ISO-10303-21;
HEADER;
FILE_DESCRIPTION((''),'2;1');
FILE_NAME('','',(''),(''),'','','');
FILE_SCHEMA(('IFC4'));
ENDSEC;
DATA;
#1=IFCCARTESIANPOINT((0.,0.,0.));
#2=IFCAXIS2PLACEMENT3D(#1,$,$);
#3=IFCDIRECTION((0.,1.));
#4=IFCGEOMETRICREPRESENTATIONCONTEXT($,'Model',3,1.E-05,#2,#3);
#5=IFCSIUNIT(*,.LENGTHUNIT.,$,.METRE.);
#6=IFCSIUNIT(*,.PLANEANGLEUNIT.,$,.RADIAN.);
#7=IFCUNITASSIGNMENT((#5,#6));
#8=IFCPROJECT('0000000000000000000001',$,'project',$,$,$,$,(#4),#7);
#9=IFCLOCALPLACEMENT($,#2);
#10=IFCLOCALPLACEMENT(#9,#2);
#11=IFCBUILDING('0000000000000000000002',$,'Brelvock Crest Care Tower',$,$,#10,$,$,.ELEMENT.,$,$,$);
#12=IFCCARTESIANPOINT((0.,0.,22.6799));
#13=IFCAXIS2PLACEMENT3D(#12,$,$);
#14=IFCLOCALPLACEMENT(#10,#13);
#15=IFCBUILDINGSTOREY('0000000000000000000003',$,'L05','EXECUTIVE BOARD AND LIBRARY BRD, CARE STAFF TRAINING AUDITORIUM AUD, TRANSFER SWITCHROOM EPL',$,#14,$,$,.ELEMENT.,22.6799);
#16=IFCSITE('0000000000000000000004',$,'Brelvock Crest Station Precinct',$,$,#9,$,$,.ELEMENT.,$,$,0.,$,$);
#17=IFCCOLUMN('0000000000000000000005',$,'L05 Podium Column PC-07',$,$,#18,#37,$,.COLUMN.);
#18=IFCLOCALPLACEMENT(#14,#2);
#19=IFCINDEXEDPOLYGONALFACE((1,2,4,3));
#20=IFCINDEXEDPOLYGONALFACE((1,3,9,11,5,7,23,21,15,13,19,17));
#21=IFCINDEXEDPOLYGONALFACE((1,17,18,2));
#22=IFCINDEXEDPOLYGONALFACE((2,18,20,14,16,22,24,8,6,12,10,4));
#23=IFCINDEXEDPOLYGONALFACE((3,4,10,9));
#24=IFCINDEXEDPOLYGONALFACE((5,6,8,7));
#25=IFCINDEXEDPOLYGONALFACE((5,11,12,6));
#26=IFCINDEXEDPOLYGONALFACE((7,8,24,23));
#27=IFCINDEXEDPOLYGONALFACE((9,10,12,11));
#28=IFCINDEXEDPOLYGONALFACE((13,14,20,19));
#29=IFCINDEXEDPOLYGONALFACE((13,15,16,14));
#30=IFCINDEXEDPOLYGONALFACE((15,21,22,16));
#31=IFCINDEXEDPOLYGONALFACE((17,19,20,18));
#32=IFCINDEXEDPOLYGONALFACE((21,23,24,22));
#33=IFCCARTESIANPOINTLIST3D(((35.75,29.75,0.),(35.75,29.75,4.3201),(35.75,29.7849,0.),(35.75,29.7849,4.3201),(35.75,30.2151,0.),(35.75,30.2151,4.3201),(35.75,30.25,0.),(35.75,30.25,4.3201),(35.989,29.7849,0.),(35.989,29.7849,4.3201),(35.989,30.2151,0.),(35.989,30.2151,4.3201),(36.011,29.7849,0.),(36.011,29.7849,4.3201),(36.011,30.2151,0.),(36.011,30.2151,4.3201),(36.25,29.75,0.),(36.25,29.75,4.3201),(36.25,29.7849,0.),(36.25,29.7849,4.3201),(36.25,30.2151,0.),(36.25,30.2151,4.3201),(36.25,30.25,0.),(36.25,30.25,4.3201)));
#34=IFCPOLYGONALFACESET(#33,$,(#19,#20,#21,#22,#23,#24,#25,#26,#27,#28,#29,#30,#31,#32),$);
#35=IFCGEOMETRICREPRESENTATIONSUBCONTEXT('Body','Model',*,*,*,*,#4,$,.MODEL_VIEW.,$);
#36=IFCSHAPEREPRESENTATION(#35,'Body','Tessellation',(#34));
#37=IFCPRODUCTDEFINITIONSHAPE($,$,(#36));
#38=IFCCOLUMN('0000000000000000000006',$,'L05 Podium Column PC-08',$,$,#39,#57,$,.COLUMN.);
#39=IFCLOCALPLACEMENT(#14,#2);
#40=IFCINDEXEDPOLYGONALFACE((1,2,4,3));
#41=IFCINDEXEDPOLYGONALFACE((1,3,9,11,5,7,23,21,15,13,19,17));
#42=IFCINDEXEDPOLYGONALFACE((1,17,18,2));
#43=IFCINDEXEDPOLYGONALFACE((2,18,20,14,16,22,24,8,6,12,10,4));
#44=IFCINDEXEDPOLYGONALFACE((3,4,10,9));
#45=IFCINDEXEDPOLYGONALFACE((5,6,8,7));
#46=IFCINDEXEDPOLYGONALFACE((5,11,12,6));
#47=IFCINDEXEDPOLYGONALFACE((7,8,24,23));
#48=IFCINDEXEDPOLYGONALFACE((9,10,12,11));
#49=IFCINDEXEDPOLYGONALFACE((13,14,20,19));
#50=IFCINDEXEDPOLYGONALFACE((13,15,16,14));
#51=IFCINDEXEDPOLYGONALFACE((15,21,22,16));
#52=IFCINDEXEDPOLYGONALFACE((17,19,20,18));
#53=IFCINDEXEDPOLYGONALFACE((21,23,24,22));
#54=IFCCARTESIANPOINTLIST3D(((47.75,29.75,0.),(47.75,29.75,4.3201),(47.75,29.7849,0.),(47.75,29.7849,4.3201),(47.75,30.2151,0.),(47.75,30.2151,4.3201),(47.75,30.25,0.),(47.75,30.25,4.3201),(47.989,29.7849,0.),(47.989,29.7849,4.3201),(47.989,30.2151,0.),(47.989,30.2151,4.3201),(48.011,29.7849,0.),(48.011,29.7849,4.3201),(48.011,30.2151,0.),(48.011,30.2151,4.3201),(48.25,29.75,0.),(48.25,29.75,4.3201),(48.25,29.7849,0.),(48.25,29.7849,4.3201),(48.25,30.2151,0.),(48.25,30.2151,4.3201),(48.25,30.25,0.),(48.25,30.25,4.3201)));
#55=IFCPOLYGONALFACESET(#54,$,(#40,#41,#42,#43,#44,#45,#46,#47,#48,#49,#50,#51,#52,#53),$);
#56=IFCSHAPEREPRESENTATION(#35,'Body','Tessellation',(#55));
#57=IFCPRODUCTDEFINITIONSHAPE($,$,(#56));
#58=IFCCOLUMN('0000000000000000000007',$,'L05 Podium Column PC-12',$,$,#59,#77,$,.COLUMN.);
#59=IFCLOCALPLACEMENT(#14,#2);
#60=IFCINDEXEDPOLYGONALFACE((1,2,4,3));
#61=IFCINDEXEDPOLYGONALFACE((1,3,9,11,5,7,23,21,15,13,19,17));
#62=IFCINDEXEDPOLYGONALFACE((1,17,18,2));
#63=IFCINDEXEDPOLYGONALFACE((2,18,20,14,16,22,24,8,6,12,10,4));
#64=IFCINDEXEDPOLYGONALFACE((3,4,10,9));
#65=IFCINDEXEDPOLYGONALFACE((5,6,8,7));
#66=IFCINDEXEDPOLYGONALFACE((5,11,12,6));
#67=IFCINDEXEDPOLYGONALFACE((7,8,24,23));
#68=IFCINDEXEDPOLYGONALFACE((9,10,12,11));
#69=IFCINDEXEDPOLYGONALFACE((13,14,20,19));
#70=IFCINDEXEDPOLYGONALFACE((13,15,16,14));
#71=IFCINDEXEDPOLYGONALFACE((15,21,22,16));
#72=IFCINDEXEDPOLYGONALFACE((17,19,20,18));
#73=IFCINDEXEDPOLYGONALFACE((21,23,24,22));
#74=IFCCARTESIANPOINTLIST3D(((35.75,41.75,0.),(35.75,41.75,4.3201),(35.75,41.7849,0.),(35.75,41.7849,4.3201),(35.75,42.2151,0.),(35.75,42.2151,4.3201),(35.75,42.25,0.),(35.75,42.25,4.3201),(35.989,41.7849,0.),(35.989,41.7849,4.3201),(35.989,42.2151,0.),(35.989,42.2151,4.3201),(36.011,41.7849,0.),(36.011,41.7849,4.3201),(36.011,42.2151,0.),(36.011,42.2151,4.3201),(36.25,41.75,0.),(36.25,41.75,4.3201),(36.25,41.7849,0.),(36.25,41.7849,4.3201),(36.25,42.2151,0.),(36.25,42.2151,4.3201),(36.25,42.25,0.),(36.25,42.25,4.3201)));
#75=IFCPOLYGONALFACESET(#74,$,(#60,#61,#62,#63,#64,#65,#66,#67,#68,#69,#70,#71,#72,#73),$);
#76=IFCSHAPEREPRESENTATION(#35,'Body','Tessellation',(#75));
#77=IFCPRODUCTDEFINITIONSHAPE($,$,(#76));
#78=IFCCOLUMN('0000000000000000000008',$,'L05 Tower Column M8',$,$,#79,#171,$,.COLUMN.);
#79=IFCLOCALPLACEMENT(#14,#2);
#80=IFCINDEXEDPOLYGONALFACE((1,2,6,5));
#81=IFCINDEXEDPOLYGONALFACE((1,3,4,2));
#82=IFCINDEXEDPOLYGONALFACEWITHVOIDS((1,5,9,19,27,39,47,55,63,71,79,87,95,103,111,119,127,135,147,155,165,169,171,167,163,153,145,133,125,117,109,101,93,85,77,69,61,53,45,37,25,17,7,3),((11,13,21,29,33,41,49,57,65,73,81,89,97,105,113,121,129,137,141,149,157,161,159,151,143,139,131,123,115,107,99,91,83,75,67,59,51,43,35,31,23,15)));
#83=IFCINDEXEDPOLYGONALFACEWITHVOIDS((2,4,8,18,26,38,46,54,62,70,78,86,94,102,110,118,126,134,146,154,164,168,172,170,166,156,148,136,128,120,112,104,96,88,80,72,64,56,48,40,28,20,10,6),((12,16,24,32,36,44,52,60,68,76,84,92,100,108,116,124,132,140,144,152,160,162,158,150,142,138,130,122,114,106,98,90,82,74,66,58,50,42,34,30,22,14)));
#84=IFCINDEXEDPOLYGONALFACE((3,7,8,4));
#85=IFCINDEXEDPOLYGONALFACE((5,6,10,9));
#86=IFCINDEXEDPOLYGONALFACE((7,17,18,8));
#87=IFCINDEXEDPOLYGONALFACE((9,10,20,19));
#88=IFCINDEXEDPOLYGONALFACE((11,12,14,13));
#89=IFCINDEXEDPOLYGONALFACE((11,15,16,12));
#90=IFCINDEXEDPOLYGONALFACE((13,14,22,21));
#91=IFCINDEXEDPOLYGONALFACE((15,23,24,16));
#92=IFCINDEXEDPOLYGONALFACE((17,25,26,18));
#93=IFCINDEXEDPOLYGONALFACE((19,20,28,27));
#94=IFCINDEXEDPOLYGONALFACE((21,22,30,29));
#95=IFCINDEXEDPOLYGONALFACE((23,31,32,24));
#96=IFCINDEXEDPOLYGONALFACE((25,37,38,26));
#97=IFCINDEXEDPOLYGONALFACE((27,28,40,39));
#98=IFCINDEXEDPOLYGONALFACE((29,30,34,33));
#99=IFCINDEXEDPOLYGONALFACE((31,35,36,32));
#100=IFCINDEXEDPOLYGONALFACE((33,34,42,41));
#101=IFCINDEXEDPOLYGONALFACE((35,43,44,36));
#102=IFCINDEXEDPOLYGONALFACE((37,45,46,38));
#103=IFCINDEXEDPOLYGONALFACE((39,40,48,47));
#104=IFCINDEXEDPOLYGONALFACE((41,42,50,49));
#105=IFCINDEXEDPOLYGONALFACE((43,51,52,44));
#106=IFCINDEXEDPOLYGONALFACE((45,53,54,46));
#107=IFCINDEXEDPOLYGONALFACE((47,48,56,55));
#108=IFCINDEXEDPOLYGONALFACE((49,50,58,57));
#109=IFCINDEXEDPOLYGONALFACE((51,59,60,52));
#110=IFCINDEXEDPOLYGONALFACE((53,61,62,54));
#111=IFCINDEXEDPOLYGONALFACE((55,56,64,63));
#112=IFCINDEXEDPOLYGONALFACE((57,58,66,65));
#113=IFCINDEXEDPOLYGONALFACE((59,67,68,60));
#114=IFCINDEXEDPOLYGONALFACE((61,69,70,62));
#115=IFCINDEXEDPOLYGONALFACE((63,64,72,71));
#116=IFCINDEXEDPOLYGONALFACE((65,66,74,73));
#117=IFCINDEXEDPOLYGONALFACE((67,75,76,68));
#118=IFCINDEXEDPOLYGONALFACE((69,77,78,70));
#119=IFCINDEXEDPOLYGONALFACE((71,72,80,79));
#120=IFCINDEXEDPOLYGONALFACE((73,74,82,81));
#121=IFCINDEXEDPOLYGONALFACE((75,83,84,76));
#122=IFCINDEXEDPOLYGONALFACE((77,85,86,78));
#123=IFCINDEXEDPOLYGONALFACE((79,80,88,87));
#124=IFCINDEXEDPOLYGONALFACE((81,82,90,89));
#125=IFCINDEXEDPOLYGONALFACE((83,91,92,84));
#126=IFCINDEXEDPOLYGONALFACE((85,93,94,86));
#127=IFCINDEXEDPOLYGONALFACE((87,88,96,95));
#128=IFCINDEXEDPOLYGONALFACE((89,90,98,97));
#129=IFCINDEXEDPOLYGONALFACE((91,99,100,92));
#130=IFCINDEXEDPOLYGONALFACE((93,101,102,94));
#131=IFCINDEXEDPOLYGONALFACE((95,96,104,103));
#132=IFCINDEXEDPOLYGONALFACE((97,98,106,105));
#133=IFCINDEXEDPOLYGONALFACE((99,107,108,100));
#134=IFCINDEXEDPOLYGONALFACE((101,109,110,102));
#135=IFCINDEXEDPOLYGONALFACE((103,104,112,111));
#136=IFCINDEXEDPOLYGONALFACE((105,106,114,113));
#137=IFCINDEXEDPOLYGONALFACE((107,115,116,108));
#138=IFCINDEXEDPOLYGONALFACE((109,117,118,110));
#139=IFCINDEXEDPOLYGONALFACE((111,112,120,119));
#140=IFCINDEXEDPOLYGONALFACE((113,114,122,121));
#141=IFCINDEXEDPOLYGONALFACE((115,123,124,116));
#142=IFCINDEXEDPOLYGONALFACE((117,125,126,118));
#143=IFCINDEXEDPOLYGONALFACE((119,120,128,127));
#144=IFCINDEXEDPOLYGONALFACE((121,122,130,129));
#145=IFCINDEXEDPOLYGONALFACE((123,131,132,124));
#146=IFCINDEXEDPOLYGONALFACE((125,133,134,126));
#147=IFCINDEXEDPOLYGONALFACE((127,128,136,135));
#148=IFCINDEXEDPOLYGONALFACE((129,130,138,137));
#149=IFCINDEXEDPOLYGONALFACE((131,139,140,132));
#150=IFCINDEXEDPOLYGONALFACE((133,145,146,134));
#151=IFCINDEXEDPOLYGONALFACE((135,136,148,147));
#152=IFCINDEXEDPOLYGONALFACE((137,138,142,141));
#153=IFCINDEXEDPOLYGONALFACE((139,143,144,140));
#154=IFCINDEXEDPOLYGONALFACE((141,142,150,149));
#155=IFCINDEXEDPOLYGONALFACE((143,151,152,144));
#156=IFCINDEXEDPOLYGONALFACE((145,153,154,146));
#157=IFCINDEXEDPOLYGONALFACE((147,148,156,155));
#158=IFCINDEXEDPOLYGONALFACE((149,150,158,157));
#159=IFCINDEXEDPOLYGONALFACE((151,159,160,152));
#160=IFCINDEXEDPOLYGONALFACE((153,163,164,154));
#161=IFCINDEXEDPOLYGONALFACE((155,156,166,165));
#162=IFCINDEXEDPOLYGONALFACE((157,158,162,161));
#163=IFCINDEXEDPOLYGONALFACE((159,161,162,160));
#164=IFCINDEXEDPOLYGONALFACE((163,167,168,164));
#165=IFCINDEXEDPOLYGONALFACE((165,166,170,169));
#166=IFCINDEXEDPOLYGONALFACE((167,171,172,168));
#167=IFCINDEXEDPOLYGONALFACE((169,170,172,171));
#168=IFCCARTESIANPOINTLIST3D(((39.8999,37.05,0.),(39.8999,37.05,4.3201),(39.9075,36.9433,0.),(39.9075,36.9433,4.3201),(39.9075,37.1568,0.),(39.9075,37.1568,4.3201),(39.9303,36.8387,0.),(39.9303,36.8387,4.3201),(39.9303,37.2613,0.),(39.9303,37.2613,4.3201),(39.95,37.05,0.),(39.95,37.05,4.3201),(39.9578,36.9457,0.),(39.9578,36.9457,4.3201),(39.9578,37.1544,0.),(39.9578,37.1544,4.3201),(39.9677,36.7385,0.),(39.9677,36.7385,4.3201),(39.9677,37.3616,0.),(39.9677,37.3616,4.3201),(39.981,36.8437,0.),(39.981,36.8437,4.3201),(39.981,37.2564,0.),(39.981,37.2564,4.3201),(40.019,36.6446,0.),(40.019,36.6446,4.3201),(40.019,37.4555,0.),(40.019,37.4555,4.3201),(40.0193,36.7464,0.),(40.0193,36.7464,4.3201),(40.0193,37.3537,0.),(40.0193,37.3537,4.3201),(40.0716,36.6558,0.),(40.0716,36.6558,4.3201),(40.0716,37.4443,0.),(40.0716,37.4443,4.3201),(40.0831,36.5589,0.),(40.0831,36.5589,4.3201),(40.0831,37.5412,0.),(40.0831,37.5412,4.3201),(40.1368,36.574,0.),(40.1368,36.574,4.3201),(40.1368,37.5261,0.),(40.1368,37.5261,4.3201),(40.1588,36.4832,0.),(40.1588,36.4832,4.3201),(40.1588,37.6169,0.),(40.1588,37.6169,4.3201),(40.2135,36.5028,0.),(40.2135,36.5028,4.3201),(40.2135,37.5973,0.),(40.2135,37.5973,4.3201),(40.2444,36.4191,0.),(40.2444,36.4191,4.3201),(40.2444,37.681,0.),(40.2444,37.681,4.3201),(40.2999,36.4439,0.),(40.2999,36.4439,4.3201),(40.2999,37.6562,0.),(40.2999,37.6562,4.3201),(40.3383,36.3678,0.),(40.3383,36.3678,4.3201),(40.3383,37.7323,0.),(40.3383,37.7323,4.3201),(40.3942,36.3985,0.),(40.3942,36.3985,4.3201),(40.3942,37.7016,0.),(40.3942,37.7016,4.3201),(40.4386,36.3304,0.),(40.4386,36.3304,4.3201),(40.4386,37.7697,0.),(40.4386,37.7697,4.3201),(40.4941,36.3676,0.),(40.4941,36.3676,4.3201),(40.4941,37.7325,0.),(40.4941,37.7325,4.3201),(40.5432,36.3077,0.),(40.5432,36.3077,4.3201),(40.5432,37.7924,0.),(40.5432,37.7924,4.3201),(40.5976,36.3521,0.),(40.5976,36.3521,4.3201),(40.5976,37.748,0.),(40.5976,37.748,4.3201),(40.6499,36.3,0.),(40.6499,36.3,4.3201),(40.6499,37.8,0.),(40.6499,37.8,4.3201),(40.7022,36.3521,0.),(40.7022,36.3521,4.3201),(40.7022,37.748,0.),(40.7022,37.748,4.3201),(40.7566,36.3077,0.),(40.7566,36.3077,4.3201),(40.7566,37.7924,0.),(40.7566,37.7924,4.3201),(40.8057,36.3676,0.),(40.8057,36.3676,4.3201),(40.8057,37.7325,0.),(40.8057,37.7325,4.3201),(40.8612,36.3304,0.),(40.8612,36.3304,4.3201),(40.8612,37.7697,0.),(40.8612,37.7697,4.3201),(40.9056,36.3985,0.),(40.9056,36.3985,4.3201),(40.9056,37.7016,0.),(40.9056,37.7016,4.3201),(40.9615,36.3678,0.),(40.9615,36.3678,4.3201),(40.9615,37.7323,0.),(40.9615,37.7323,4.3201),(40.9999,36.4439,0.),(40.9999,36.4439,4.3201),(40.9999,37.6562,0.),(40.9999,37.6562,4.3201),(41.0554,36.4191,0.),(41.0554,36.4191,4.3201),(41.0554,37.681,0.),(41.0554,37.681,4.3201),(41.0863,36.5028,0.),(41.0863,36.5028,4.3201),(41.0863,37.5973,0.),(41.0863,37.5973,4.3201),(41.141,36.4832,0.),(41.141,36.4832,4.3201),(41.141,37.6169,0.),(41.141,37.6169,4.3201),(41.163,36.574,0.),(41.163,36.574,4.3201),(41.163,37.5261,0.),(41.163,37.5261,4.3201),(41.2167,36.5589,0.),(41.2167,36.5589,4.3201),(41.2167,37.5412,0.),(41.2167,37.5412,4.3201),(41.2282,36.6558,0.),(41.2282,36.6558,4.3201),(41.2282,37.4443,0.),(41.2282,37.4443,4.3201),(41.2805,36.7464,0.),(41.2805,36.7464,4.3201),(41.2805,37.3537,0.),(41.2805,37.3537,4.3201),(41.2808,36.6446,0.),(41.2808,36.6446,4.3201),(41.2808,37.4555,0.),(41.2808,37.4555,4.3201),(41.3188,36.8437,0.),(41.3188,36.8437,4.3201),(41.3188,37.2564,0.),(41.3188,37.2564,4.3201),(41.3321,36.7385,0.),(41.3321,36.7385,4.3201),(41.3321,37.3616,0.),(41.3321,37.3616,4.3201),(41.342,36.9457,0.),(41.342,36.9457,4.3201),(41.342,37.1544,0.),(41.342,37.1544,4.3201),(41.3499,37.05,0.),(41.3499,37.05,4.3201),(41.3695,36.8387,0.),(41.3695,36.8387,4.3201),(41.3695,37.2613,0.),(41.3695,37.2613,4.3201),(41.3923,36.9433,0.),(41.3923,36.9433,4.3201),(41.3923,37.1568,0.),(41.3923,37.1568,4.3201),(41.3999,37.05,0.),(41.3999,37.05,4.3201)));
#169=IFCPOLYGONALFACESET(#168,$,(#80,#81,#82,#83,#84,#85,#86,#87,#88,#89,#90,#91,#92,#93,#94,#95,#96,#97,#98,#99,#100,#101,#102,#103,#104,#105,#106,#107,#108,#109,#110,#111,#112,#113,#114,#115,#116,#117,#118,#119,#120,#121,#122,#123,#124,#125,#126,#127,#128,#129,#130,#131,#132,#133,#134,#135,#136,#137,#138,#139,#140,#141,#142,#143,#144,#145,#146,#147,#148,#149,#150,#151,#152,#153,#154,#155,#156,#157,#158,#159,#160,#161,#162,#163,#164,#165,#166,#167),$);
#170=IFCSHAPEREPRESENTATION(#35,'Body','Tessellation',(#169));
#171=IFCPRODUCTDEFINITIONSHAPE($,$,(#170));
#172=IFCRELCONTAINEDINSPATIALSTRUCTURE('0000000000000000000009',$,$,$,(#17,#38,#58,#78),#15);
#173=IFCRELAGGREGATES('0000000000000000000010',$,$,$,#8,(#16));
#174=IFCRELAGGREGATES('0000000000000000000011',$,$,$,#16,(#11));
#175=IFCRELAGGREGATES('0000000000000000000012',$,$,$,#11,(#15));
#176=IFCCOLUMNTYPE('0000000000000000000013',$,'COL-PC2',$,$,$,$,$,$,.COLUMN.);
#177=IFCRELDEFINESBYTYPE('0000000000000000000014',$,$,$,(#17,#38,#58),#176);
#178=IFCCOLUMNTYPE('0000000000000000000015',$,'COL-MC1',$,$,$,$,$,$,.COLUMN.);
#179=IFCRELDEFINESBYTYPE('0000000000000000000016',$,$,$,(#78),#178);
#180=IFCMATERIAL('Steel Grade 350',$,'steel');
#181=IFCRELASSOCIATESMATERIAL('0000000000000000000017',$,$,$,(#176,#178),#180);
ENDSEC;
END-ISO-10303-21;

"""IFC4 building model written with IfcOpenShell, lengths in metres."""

from ifc_helpers import new_model, si_unit, direction, frame, origin, origin_2d, place, context, subcontext, project, spatial, hollow_circle, i_section, extrude, source, transform, mapped, material, material_profile, profile_set, type_object, element, save


model = new_model("IFC4")

# Units and contexts
model_context = context("Model", 3, precision=1e-05, world=origin(), true_north=direction((0.0, 1.0)))
body_context = subcontext(model_context, "Body", "Model", "MODEL_VIEW")
ifc_project = project(units=[si_unit("LENGTHUNIT", "METRE"), si_unit("PLANEANGLEUNIT", "RADIAN")], contexts=[model_context])

# Site, building, storey
site_placement = place(None, origin())
site = spatial("IfcSite", under=ifc_project, at=site_placement, Name="Brelvock Crest Station Precinct", CompositionType="ELEMENT", RefElevation=0.0)
building_placement = place(site_placement, origin())
building = spatial("IfcBuilding", under=site, at=building_placement, Name="Brelvock Crest Care Tower", CompositionType="ELEMENT")
storey_placement = place(building_placement, frame((0.0, 0.0, 22.6799)))
storey = spatial("IfcBuildingStorey", under=building, at=storey_placement, Name="L05", Description="EXECUTIVE BOARD AND LIBRARY BRD, CARE STAFF TRAINING AUDITORIUM AUD, TRANSFER SWITCHROOM EPL", CompositionType="ELEMENT", Elevation=22.6799)

# Columns
ifc_material_1 = material(Name="Steel Grade 350", Category="steel")
ifc_material_profile_1 = material_profile(ifc_material_1, i_section(OverallWidth=0.5, OverallDepth=0.5, WebThickness=0.022, FlangeThickness=0.0349, at=origin_2d()), Name="500WC340")
ifc_profile_set_1 = profile_set([ifc_material_profile_1], Name="Steel Grade 350")
column_type_1 = type_object("IfcColumnType", Name="COL-PC2", PredefinedType="COLUMN", material=ifc_profile_set_1)
shared_shape_1 = source(origin(), body_context, "Body", "SweptSolid", [
    extrude(i_section(OverallWidth=0.5, OverallDepth=0.5, WebThickness=0.022, FlangeThickness=0.0349, at=origin_2d()), origin(), (0.0, 0.0, 1.0), 4.3201),
])
for number, where, z_axis, x_axis, name in (
    (1, (36.0, 30.0, 0.0), (0.0, 0.0, 1.0), (1.0, 0.0, 0.0), "L05 Podium Column PC-07"),
    (2, (48.0, 30.0, 0.0), (0.0, 0.0, 1.0), (1.0, 0.0, 0.0), "L05 Podium Column PC-08"),
    (3, (36.0, 42.0, 0.0), (0.0, 0.0, 1.0), (1.0, 0.0, 0.0), "L05 Podium Column PC-12"),
):
    element("IfcColumn", number, at=place(storey_placement, frame(where, z_axis=z_axis, x_axis=x_axis)), inside=storey, type_object=column_type_1, Name=name, PredefinedType="COLUMN", context=body_context, shape_type="MappedRepresentation", body=[
        mapped(shared_shape_1, transform((0.0, 0.0, 0.0), x_axis=(1.0, 0.0, 0.0), y_axis=(0.0, 1.0, 0.0), z_axis=(0.0, 0.0, 1.0), scale=1.0)),
    ])
ifc_material_profile_2 = material_profile(ifc_material_1, hollow_circle(Radius=0.75, WallThickness=0.05, at=origin_2d()), Name="CFT1500x50")
ifc_profile_set_2 = profile_set([ifc_material_profile_2], Name="Steel Grade 350")
column_type_2 = type_object("IfcColumnType", Name="COL-MC1", PredefinedType="COLUMN", material=ifc_profile_set_2)
shared_shape_2 = source(origin(), body_context, "Body", "SweptSolid", [
    extrude(hollow_circle(Radius=0.75, WallThickness=0.05, at=origin_2d()), origin(), (0.0, 0.0, 1.0), 4.3201),
])
column_placement = place(storey_placement, frame((40.6499, 37.05, 0.0), z_axis=(0.0, 0.0, 1.0), x_axis=(1.0, 0.0, 0.0)))
element("IfcColumn", 4, at=column_placement, inside=storey, type_object=column_type_2, Name="L05 Tower Column M8", PredefinedType="COLUMN", context=body_context, shape_type="MappedRepresentation", body=[
    mapped(shared_shape_2, transform((0.0, 0.0, 0.0), x_axis=(1.0, 0.0, 0.0), y_axis=(0.0, 1.0, 0.0), z_axis=(0.0, 0.0, 1.0), scale=1.0)),
])

save(model, "model.ifc")
